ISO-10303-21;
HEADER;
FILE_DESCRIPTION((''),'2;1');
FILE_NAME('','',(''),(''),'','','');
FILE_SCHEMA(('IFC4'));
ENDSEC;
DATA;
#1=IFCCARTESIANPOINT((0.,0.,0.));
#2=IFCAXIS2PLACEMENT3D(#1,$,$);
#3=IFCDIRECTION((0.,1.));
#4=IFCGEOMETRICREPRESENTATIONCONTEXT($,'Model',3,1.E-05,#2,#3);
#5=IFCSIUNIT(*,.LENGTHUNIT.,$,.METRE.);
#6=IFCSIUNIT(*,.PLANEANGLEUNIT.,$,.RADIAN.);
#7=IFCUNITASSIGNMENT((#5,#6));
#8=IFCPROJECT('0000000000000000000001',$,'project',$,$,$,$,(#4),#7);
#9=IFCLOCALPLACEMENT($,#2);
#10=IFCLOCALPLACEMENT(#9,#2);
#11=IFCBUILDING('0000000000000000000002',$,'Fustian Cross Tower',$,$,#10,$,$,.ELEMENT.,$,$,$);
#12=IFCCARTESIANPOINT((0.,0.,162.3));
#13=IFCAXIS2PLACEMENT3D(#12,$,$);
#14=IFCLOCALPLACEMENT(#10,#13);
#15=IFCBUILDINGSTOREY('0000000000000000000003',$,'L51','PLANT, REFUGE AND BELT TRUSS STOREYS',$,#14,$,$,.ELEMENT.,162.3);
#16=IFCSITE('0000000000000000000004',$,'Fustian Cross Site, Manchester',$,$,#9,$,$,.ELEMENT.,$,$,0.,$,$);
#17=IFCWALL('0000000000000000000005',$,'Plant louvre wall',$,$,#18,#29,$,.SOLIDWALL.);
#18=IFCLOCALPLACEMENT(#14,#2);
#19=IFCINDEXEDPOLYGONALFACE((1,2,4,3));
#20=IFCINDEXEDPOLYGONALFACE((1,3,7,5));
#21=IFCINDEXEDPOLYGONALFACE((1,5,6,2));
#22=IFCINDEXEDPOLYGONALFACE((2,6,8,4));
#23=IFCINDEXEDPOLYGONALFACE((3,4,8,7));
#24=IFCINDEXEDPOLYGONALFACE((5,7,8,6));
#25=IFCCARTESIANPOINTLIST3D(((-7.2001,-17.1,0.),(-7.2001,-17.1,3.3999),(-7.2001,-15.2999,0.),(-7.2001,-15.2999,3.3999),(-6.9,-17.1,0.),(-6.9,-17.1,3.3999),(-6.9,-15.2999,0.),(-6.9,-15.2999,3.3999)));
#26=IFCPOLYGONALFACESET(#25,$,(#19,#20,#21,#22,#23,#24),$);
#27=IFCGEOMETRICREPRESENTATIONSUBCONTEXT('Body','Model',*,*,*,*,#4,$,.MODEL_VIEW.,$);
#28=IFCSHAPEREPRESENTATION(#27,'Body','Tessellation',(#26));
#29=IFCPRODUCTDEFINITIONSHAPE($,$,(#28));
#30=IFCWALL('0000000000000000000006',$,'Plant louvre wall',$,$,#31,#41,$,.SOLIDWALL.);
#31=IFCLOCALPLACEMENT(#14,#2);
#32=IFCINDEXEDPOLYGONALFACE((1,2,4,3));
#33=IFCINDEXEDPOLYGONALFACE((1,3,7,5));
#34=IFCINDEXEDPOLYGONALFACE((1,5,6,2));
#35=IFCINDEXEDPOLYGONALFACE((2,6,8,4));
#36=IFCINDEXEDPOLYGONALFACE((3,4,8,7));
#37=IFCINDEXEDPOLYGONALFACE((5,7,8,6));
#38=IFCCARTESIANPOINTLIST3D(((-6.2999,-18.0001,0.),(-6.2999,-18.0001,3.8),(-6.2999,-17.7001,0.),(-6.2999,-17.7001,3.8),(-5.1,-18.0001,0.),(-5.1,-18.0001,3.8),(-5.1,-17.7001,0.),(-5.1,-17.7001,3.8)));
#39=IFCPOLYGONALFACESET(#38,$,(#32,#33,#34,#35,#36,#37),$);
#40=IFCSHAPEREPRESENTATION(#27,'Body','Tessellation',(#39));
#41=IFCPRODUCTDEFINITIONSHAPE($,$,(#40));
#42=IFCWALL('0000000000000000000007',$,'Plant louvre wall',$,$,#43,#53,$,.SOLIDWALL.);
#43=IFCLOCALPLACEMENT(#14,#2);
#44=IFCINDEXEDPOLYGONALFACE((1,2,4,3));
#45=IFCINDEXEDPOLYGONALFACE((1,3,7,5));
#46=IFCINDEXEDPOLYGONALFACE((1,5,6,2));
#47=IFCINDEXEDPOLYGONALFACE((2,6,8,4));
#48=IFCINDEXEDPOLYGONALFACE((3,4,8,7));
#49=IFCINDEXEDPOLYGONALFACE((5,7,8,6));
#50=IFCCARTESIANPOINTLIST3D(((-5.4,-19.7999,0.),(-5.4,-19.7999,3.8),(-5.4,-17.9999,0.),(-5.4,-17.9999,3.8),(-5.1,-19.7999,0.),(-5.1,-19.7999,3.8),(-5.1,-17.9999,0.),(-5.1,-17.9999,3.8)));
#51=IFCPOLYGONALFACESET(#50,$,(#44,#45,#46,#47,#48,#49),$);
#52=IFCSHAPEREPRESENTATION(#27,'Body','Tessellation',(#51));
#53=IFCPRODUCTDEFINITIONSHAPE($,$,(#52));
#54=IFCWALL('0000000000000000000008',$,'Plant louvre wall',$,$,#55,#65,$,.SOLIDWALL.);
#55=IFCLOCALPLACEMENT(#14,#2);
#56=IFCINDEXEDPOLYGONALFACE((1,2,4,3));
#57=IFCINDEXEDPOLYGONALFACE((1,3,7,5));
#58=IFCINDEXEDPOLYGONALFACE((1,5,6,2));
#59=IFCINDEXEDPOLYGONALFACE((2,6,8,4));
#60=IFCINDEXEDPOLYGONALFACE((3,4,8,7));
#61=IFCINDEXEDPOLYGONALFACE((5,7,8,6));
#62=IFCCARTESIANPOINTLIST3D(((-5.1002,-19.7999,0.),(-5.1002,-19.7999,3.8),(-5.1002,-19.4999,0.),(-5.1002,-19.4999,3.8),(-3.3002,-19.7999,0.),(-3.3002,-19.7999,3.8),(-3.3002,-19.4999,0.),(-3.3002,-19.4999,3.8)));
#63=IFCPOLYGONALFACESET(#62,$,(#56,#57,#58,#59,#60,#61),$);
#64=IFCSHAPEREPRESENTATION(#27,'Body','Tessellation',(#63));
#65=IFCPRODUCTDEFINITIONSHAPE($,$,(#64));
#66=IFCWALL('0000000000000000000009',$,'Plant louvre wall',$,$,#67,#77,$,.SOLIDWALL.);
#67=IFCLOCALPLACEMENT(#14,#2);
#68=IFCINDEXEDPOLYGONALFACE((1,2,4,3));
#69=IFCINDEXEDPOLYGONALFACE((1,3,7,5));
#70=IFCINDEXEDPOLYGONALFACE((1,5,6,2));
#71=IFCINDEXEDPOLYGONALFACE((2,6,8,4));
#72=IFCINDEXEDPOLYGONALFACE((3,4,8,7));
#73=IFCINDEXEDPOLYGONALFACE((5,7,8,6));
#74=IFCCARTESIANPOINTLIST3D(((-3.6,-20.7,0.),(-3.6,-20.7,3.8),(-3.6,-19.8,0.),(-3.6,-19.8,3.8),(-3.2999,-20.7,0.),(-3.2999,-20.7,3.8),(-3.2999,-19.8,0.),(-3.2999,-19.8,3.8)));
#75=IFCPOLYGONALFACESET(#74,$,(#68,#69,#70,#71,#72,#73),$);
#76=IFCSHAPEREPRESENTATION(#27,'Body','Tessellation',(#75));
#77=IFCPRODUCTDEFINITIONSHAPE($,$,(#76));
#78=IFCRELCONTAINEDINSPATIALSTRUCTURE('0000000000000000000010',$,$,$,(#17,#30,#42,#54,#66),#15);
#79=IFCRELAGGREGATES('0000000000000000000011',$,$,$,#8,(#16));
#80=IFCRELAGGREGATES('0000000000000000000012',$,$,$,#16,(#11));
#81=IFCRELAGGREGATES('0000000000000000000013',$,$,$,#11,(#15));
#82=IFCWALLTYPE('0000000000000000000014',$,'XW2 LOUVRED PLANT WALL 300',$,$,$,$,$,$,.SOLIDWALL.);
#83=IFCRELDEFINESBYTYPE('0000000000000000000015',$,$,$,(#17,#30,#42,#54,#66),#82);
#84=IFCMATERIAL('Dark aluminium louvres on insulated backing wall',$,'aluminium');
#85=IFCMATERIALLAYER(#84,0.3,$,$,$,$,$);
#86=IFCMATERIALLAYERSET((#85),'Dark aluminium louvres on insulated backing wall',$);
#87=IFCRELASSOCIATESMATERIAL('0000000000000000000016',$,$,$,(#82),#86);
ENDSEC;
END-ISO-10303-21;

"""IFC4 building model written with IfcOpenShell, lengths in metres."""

from ifc_helpers import new_model, si_unit, direction, frame, frame_2d, origin, place, context, subcontext, project, spatial, rectangle, extrude, material, layer, layer_set, type_object, element, save


model = new_model("IFC4")

# Units and contexts
model_context = context("Model", 3, precision=1e-05, world=origin(), true_north=direction((0.0, 1.0)))
body_context = subcontext(model_context, "Body", "Model", "MODEL_VIEW")
ifc_project = project(units=[si_unit("LENGTHUNIT", "METRE"), si_unit("PLANEANGLEUNIT", "RADIAN")], contexts=[model_context])

# Site, building, storey
site_placement = place(None, origin())
site = spatial("IfcSite", under=ifc_project, at=site_placement, Name="Fustian Cross Site, Manchester", CompositionType="ELEMENT", RefElevation=0.0)
building_placement = place(site_placement, origin())
building = spatial("IfcBuilding", under=site, at=building_placement, Name="Fustian Cross Tower", CompositionType="ELEMENT")
storey_placement = place(building_placement, frame((0.0, 0.0, 162.3)))
storey = spatial("IfcBuildingStorey", under=building, at=storey_placement, Name="L51", Description="PLANT, REFUGE AND BELT TRUSS STOREYS", CompositionType="ELEMENT", Elevation=162.3)

# Walls
ifc_material_1 = material(Name="Dark aluminium louvres on insulated backing wall", Category="aluminium")
ifc_layer_1 = layer(ifc_material_1, 0.3)
ifc_layer_set_1 = layer_set([ifc_layer_1], Name="Dark aluminium louvres on insulated backing wall")
wall_type_1 = type_object("IfcWallType", Name="XW2 LOUVRED PLANT WALL 300", PredefinedType="SOLIDWALL", material=ifc_layer_set_1)
wall_1_placement = place(storey_placement, frame((-7.05, -15.3, 0.0), z_axis=(0.0, 0.0, 1.0), x_axis=(0.0, -1.0, 0.0)))
element("IfcWall", 1, at=wall_1_placement, inside=storey, type_object=wall_type_1, Name="Plant louvre wall", PredefinedType="SOLIDWALL", context=body_context, shape_type="SweptSolid", body=[
    extrude(rectangle(XDim=1.8, YDim=0.3, at=frame_2d((0.8999, 0.0))), origin(), (0.0, 0.0, 1.0), 3.3999),
])
wall_2_placement = place(storey_placement, frame((-6.3, -17.8501, 0.0), z_axis=(0.0, 0.0, 1.0), x_axis=(1.0, 0.0, 0.0)))
element("IfcWall", 2, at=wall_2_placement, inside=storey, type_object=wall_type_1, Name="Plant louvre wall", PredefinedType="SOLIDWALL", context=body_context, shape_type="SweptSolid", body=[
    extrude(rectangle(XDim=1.2, YDim=0.3, at=frame_2d((0.6001, 0.0))), origin(), (0.0, 0.0, 1.0), 3.8),
])
for number, where, z_axis, x_axis, name in (
    (3, (-5.25, -18.0, 0.0), (0.0, 0.0, 1.0), (0.0, -1.0, 0.0), "Plant louvre wall"),
    (4, (-5.1001, -19.6499, 0.0), (0.0, 0.0, 1.0), (1.0, 0.0, 0.0), "Plant louvre wall"),
):
    element("IfcWall", number, at=place(storey_placement, frame(where, z_axis=z_axis, x_axis=x_axis)), inside=storey, type_object=wall_type_1, Name=name, PredefinedType="SOLIDWALL", context=body_context, shape_type="SweptSolid", body=[
        extrude(rectangle(XDim=1.8, YDim=0.3, at=frame_2d((0.8999, 0.0))), origin(), (0.0, 0.0, 1.0), 3.8),
    ])
wall_3_placement = place(storey_placement, frame((-3.45, -19.8, 0.0), z_axis=(0.0, 0.0, 1.0), x_axis=(0.0, -1.0, 0.0)))
element("IfcWall", 5, at=wall_3_placement, inside=storey, type_object=wall_type_1, Name="Plant louvre wall", PredefinedType="SOLIDWALL", context=body_context, shape_type="SweptSolid", body=[
    extrude(rectangle(XDim=0.8999, YDim=0.3, at=frame_2d((0.45, 0.0))), origin(), (0.0, 0.0, 1.0), 3.8),
])

save(model, "model.ifc")
